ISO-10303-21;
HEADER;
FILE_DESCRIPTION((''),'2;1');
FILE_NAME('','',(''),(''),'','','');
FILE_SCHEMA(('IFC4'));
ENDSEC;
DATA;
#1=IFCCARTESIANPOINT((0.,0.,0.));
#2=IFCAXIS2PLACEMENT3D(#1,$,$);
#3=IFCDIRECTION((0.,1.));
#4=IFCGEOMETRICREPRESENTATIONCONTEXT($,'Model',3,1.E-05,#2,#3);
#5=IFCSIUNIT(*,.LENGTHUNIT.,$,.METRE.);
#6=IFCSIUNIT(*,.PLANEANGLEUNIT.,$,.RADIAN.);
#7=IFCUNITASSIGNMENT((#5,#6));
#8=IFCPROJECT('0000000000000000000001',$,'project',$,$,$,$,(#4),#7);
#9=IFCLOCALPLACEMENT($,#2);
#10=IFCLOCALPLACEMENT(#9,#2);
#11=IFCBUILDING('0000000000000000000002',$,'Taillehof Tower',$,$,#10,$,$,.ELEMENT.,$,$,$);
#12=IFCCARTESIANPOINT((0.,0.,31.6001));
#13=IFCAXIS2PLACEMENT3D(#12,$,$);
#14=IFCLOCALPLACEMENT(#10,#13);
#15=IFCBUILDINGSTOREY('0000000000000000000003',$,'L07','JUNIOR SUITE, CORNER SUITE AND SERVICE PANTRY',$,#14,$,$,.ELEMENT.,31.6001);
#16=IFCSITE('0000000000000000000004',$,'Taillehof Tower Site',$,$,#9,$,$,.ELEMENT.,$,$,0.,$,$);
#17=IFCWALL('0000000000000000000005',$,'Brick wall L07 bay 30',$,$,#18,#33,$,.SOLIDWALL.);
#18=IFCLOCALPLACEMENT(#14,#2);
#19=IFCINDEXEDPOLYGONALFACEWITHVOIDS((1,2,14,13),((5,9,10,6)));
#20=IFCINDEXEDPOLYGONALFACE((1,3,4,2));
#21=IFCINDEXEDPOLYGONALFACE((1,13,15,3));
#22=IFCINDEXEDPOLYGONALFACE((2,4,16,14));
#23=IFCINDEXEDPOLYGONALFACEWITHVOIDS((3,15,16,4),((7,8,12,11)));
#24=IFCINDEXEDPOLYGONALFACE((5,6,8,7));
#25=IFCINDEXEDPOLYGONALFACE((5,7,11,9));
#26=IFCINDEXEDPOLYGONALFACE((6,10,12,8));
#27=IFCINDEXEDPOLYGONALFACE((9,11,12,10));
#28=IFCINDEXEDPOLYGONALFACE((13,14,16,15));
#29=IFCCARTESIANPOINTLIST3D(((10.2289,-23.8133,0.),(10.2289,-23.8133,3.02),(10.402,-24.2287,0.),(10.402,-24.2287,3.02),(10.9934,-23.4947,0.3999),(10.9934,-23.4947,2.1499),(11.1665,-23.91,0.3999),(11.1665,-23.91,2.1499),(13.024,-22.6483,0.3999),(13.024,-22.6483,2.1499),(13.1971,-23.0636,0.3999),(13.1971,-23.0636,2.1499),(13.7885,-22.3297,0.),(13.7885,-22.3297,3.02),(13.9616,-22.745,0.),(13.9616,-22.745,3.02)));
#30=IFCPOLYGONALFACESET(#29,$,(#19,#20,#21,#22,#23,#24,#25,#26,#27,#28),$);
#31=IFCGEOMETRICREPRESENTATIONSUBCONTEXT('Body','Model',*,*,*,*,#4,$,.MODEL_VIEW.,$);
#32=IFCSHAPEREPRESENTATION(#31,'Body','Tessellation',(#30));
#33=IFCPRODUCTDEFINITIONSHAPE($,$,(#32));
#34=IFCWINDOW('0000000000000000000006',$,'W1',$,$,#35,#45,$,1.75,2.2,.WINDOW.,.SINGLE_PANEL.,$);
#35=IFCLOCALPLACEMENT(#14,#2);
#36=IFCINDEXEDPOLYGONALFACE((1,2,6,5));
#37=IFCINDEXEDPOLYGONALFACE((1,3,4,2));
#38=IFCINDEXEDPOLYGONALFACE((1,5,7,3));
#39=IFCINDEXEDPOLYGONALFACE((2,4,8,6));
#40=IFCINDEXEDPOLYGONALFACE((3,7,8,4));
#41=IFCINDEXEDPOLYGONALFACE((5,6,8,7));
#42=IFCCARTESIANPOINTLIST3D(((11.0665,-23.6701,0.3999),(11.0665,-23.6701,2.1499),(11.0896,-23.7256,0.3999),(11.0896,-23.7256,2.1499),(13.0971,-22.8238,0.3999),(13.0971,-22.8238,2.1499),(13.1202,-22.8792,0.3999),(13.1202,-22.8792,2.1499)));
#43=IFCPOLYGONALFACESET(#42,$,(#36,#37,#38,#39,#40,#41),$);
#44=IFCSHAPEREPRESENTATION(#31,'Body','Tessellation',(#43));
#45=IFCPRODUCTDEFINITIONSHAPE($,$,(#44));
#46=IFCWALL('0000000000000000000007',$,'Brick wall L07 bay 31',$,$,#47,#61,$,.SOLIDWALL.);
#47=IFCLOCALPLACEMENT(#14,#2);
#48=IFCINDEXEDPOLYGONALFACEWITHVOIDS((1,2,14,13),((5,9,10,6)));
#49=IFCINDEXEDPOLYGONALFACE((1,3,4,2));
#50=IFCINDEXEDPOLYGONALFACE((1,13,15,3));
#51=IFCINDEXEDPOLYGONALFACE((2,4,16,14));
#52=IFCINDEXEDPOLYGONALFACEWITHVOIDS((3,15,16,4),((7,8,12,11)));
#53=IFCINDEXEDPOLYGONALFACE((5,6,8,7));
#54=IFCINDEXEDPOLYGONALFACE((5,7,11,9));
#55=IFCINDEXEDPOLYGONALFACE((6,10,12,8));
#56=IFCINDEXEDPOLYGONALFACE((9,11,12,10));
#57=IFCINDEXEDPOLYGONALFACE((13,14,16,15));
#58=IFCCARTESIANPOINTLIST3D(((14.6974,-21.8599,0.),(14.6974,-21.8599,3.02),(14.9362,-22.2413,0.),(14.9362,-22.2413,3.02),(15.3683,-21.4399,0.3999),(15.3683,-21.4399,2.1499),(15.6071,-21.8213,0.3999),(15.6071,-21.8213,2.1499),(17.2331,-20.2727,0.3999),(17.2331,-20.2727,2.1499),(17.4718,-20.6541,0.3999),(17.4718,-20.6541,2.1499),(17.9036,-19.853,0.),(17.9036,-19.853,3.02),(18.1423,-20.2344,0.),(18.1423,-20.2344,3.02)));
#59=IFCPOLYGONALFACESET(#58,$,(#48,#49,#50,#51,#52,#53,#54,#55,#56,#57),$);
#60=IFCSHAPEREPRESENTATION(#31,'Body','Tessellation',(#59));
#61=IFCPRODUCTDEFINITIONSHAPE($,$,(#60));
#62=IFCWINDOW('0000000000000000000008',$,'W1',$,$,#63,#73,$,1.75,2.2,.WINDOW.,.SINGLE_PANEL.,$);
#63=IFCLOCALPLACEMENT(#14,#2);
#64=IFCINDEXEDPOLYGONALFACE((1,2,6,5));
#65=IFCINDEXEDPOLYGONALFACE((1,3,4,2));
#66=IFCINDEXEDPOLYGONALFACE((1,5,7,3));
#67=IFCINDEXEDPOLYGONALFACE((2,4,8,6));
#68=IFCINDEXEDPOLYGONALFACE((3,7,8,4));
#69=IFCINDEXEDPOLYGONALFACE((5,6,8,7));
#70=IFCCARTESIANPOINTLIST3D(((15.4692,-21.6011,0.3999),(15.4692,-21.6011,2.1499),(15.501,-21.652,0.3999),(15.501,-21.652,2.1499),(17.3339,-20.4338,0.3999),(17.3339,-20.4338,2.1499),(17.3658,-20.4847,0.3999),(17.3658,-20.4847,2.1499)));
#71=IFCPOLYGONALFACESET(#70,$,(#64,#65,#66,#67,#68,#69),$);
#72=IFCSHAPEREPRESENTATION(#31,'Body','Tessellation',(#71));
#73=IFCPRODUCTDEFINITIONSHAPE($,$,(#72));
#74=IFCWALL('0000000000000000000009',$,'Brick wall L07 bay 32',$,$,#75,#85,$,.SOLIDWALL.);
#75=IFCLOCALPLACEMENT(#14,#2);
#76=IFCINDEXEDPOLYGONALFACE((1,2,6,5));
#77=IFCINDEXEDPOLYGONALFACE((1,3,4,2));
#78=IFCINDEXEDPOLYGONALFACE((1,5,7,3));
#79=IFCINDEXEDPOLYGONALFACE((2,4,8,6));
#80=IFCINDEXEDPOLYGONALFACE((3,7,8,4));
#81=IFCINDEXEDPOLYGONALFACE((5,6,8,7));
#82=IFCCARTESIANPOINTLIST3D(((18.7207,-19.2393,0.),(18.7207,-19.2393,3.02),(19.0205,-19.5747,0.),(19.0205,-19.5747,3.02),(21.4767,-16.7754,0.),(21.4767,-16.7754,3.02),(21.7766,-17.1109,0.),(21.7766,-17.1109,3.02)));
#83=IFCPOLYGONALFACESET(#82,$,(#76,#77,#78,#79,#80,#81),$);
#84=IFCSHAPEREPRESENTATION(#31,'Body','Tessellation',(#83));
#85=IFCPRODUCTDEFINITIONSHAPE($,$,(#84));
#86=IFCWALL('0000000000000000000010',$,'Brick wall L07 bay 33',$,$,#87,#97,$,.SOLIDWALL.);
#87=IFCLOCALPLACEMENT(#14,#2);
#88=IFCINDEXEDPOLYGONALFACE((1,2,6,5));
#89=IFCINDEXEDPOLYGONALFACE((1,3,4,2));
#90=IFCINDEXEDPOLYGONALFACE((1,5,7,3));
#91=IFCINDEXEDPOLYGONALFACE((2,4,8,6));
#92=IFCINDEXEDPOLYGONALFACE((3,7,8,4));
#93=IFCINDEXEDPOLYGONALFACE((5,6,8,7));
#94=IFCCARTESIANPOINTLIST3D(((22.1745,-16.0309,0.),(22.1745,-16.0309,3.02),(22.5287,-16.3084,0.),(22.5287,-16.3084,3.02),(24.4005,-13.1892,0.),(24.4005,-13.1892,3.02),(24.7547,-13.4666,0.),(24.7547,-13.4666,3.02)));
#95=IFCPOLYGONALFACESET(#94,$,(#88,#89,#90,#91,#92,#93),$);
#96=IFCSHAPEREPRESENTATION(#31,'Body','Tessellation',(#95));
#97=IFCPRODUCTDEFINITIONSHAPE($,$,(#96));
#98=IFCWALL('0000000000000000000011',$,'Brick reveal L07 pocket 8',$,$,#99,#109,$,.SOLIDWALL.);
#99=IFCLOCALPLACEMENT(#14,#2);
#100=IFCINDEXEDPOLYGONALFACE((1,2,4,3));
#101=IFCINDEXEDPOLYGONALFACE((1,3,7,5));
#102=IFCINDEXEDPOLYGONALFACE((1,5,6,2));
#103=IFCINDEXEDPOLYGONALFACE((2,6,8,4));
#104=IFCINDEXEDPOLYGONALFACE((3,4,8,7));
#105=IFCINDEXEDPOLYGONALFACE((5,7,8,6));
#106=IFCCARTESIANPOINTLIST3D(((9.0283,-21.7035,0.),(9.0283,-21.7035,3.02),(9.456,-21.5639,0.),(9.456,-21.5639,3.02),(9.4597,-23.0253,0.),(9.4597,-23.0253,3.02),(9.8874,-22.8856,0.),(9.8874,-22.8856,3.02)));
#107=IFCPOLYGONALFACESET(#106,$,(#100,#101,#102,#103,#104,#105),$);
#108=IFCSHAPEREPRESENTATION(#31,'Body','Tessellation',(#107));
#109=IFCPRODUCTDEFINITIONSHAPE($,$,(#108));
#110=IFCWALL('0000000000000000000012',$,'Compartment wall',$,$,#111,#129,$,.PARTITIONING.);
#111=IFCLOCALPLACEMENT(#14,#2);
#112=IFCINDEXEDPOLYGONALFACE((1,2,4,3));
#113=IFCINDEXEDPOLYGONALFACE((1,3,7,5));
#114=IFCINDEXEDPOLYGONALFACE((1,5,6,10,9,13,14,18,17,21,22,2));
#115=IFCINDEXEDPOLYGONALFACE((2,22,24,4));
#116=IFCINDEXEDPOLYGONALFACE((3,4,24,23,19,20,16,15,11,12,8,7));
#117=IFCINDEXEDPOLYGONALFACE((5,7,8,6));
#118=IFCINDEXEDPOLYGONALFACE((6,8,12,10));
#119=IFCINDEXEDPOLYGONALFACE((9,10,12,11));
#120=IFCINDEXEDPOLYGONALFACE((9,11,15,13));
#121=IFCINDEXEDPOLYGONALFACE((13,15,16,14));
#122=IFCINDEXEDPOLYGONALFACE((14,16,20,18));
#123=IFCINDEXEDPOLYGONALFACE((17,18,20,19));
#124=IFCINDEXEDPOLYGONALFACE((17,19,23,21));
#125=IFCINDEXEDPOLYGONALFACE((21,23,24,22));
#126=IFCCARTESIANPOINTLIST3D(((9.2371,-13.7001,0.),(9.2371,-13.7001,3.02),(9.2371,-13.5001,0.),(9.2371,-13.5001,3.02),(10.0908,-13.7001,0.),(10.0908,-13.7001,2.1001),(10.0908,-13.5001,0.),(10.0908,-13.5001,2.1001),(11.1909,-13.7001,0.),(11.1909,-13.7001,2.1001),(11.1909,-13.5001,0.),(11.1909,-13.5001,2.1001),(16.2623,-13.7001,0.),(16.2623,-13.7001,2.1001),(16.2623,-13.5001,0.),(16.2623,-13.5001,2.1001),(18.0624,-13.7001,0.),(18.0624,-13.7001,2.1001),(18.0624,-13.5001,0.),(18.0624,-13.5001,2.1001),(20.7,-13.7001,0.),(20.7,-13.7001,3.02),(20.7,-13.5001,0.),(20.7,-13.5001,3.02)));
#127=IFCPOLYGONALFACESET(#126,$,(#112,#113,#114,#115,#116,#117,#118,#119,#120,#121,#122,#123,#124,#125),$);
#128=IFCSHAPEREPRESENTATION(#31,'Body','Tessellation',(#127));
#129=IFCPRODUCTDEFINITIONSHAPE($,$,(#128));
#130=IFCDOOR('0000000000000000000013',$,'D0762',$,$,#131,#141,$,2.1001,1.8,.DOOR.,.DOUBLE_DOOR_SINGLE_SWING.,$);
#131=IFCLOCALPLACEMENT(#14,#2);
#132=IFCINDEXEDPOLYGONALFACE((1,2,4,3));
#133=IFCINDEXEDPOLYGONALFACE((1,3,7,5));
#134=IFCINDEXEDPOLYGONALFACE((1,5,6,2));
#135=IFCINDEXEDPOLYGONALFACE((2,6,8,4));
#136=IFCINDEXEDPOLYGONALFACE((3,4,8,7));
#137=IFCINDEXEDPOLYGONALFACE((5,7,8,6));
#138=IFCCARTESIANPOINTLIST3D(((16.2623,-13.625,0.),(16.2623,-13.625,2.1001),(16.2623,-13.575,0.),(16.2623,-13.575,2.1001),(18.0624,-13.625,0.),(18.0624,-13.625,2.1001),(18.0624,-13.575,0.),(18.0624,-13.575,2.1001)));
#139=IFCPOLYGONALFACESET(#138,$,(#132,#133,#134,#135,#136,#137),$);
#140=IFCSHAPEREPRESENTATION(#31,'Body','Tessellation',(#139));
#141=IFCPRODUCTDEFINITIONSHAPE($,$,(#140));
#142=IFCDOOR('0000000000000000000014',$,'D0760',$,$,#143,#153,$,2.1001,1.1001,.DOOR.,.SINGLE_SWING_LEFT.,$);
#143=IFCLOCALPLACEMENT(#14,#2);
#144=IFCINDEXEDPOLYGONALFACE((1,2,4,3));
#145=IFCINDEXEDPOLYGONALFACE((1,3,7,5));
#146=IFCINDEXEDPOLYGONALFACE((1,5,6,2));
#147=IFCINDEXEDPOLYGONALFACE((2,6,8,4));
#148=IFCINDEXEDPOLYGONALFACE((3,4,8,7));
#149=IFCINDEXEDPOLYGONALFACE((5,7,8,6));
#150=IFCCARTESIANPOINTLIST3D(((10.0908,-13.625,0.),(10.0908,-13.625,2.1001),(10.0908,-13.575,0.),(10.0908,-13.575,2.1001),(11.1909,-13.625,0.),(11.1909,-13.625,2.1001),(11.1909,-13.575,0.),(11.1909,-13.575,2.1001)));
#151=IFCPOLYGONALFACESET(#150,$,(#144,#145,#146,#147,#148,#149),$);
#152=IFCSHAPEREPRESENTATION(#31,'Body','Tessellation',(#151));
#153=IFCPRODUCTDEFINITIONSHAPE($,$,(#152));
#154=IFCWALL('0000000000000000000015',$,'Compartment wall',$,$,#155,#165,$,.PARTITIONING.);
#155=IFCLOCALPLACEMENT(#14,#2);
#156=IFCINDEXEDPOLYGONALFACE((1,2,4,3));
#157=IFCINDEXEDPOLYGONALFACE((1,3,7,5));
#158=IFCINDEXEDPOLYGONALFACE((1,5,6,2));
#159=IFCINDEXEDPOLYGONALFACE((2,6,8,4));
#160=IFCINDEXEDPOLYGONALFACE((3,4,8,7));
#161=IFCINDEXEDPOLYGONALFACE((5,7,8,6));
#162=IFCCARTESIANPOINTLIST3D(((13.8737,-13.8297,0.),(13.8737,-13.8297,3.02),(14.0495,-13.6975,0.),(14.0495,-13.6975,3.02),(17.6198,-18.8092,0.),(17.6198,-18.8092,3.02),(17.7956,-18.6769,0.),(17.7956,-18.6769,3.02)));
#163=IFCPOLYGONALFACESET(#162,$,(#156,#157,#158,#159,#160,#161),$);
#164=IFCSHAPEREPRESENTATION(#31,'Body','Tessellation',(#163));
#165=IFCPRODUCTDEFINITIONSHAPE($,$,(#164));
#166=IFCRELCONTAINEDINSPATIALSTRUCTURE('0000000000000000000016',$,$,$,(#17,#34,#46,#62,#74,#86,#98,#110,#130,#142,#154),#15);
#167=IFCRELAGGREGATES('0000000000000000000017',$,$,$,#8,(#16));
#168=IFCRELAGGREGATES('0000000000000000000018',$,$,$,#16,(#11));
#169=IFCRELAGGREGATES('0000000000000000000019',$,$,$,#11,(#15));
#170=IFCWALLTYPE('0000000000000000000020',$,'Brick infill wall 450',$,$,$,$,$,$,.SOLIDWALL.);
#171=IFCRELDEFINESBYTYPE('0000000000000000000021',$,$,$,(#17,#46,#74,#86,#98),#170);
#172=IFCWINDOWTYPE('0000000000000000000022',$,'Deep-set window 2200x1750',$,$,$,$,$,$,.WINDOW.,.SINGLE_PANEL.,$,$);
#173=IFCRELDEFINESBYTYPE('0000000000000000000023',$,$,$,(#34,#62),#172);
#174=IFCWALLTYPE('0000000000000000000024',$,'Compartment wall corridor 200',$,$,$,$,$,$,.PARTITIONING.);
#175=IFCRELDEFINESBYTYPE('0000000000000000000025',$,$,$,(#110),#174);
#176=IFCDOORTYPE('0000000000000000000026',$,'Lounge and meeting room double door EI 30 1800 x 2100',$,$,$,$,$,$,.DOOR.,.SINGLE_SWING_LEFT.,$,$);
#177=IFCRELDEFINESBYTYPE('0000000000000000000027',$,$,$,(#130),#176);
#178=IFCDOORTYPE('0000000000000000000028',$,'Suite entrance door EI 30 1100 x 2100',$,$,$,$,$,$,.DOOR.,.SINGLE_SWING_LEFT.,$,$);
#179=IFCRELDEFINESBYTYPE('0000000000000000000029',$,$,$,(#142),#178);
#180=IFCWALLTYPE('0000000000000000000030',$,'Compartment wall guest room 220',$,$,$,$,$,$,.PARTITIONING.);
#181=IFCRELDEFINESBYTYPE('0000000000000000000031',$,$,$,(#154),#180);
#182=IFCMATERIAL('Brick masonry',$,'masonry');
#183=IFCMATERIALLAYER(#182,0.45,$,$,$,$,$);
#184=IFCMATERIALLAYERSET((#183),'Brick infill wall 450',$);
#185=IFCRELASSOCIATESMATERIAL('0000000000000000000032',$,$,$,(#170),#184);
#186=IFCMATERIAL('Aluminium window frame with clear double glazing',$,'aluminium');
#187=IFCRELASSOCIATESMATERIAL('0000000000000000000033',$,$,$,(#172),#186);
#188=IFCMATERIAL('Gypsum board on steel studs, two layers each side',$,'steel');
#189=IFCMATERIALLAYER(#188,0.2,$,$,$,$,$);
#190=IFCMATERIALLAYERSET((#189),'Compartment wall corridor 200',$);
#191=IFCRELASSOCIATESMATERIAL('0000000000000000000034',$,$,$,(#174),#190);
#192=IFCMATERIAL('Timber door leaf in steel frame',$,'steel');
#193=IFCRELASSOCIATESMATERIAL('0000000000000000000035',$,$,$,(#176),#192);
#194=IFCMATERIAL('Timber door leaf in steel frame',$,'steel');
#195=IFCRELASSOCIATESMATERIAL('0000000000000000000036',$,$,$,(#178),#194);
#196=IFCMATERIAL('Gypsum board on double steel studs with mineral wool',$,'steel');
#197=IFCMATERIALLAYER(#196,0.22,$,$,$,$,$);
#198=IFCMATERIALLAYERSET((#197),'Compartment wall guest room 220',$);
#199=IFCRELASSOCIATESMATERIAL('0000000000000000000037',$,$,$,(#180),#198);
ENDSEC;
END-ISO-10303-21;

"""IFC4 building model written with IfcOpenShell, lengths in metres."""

from ifc_helpers import new_model, si_unit, direction, frame, frame_2d, origin, place, context, subcontext, project, spatial, rectangle, extrude, material, layer, layer_set, type_object, element, fill, save


model = new_model("IFC4")

# Units and contexts
model_context = context("Model", 3, precision=1e-05, world=origin(), true_north=direction((0.0, 1.0)))
body_context = subcontext(model_context, "Body", "Model", "MODEL_VIEW")
ifc_project = project(units=[si_unit("LENGTHUNIT", "METRE"), si_unit("PLANEANGLEUNIT", "RADIAN")], contexts=[model_context])

# Site, building, storey
site_placement = place(None, origin())
site = spatial("IfcSite", under=ifc_project, at=site_placement, Name="Taillehof Tower Site", CompositionType="ELEMENT", RefElevation=0.0)
building_placement = place(site_placement, origin())
building = spatial("IfcBuilding", under=site, at=building_placement, Name="Taillehof Tower", CompositionType="ELEMENT")
storey_placement = place(building_placement, frame((0.0, 0.0, 31.6001)))
storey = spatial("IfcBuildingStorey", under=building, at=storey_placement, Name="L07", Description="JUNIOR SUITE, CORNER SUITE AND SERVICE PANTRY", CompositionType="ELEMENT", Elevation=31.6001)

# Walls, openings, windows
ifc_material_1 = material(Name="Brick masonry", Category="masonry")
ifc_layer_1 = layer(ifc_material_1, 0.45)
ifc_layer_set_1 = layer_set([ifc_layer_1], Name="Brick infill wall 450")
wall_type_1 = type_object("IfcWallType", Name="Brick infill wall 450", PredefinedType="SOLIDWALL", material=ifc_layer_set_1)
wall_1_placement = place(storey_placement, frame((10.3154, -24.021, 0.0), z_axis=(0.0, 0.0, 1.0), x_axis=(0.923032, 0.384723, 0.0)))
wall_1 = element("IfcWall", 1, at=wall_1_placement, inside=storey, type_object=wall_type_1, Name="Brick wall L07 bay 30", PredefinedType="SOLIDWALL", context=body_context, shape_type="SweptSolid", body=[
    extrude(rectangle(XDim=3.8564, YDim=0.45, at=frame_2d((1.9282, 0.0))), origin(), (0.0, 0.0, 1.0), 3.02),
])
opening_1_placement = place(wall_1_placement, frame((0.8281, 0.0, 0.3999)))
opening_1 = element("IfcOpeningElement", 2, at=opening_1_placement, cuts=wall_1, PredefinedType="OPENING", context=body_context, shape_type="SweptSolid", body=[
    extrude(rectangle(XDim=2.2, YDim=1.75, at=frame_2d((1.1001, 0.875))), frame((0.0, 0.2349, 0.0), z_axis=(0.0, -1.0, 0.0), x_axis=(1.0, 0.0, 0.0)), (0.0, 0.0, 1.0), 0.47),
])
ifc_material_2 = material(Name="Aluminium window frame with clear double glazing", Category="aluminium")
window_type = type_object("IfcWindowType", Name="Deep-set window 2200x1750", PartitioningType="SINGLE_PANEL", PredefinedType="WINDOW", material=ifc_material_2)
window_1_placement = place(opening_1_placement, origin())
window_1 = element("IfcWindow", 3, at=window_1_placement, inside=storey, type_object=window_type, Name="W1", OverallHeight=1.75, OverallWidth=2.2, PartitioningType="SINGLE_PANEL", PredefinedType="WINDOW", context=body_context, shape_type="SweptSolid", body=[
    extrude(rectangle(XDim=2.2, YDim=1.75, at=frame_2d((1.1001, 0.875))), frame((0.0, 0.0349, 0.0), z_axis=(0.0, -1.0, 0.0), x_axis=(1.0, 0.0, 0.0)), (0.0, 0.0, 1.0), 0.0601),
])
fill(opening_1, window_1)
wall_2_placement = place(storey_placement, frame((14.8169, -22.0505, 0.0), z_axis=(0.0, 0.0, 1.0), x_axis=(0.847635, 0.530579, 0.0)))
wall_2 = element("IfcWall", 4, at=wall_2_placement, inside=storey, type_object=wall_type_1, Name="Brick wall L07 bay 31", PredefinedType="SOLIDWALL", context=body_context, shape_type="SweptSolid", body=[
    extrude(rectangle(XDim=3.7825, YDim=0.45, at=frame_2d((1.8911, 0.0))), origin(), (0.0, 0.0, 1.0), 3.02),
])
opening_2_placement = place(wall_2_placement, frame((0.7913, 0.0, 0.3999)))
opening_2 = element("IfcOpeningElement", 5, at=opening_2_placement, cuts=wall_2, PredefinedType="OPENING", context=body_context, shape_type="SweptSolid", body=[
    extrude(rectangle(XDim=2.2, YDim=1.75, at=frame_2d((1.1001, 0.875))), frame((0.0, 0.2349, 0.0), z_axis=(0.0, -1.0, 0.0), x_axis=(1.0, 0.0, 0.0)), (0.0, 0.0, 1.0), 0.47),
])
window_2_placement = place(opening_2_placement, origin())
window_2 = element("IfcWindow", 6, at=window_2_placement, inside=storey, type_object=window_type, Name="W1", OverallHeight=1.75, OverallWidth=2.2, PartitioningType="SINGLE_PANEL", PredefinedType="WINDOW", context=body_context, shape_type="SweptSolid", body=[
    extrude(rectangle(XDim=2.2, YDim=1.75, at=frame_2d((1.1001, 0.875))), frame((0.0, 0.0349, 0.0), z_axis=(0.0, -1.0, 0.0), x_axis=(1.0, 0.0, 0.0)), (0.0, 0.0, 1.0), 0.0601),
])
fill(opening_2, window_2)

# Walls
wall_3_placement = place(storey_placement, frame((18.8706, -19.407, 0.0), z_axis=(0.0, 0.0, 1.0), x_axis=(0.745526, 0.666476, 0.0)))
element("IfcWall", 7, at=wall_3_placement, inside=storey, type_object=wall_type_1, Name="Brick wall L07 bay 32", PredefinedType="SOLIDWALL", context=body_context, shape_type="SweptSolid", body=[
    extrude(rectangle(XDim=3.6968, YDim=0.45, at=frame_2d((1.8484, 0.0))), origin(), (0.0, 0.0, 1.0), 3.02),
])
wall_4_placement = place(storey_placement, frame((22.3516, -16.1697, 0.0), z_axis=(0.0, 0.0, 1.0), x_axis=(0.616662, 0.787228, 0.0)))
element("IfcWall", 8, at=wall_4_placement, inside=storey, type_object=wall_type_1, Name="Brick wall L07 bay 33", PredefinedType="SOLIDWALL", context=body_context, shape_type="SweptSolid", body=[
    extrude(rectangle(XDim=3.6099, YDim=0.45, at=frame_2d((1.8049, 0.0))), origin(), (0.0, 0.0, 1.0), 3.02),
])
wall_5_placement = place(storey_placement, frame((9.6736, -22.9556, 0.0), z_axis=(0.0, 0.0, 1.0), x_axis=(-0.310269, 0.950649, 0.0)))
element("IfcWall", 9, at=wall_5_placement, inside=storey, type_object=wall_type_1, Name="Brick reveal L07 pocket 8", PredefinedType="SOLIDWALL", context=body_context, shape_type="SweptSolid", body=[
    extrude(rectangle(XDim=1.3904, YDim=0.45, at=frame_2d((0.6953, 0.0))), origin(), (0.0, 0.0, 1.0), 3.02),
])

# Wall, openings, doors
ifc_material_3 = material(Name="Gypsum board on steel studs, two layers each side", Category="steel")
ifc_layer_2 = layer(ifc_material_3, 0.2)
ifc_layer_set_2 = layer_set([ifc_layer_2], Name="Compartment wall corridor 200")
wall_type_2 = type_object("IfcWallType", Name="Compartment wall corridor 200", PredefinedType="PARTITIONING", material=ifc_layer_set_2)
wall_6_placement = place(storey_placement, frame((20.7, -13.6001, 0.0), z_axis=(0.0, 0.0, 1.0), x_axis=(-1.0, 0.0, 0.0)))
wall_6 = element("IfcWall", 10, at=wall_6_placement, inside=storey, type_object=wall_type_2, Name="Compartment wall", PredefinedType="PARTITIONING", context=body_context, shape_type="SweptSolid", body=[
    extrude(rectangle(XDim=11.4629, YDim=0.2, at=frame_2d((5.7314, 0.0))), origin(), (0.0, 0.0, 1.0), 3.02),
])
opening_3_placement = place(wall_6_placement, frame((9.509, 0.0, 0.0)))
opening_3 = element("IfcOpeningElement", 11, at=opening_3_placement, cuts=wall_6, PredefinedType="OPENING", context=body_context, shape_type="SweptSolid", body=[
    extrude(rectangle(XDim=1.1001, YDim=2.1001, at=frame_2d((0.55, 1.05))), frame((0.0, 0.1099, 0.0), z_axis=(0.0, -1.0, 0.0), x_axis=(1.0, 0.0, 0.0)), (0.0, 0.0, 1.0), 0.22),
])
opening_4_placement = place(wall_6_placement, frame((2.6377, 0.0, 0.0)))
opening_4 = element("IfcOpeningElement", 12, at=opening_4_placement, cuts=wall_6, PredefinedType="OPENING", context=body_context, shape_type="SweptSolid", body=[
    extrude(rectangle(XDim=1.8, YDim=2.1001, at=frame_2d((0.8999, 1.05))), frame((0.0, 0.1099, 0.0), z_axis=(0.0, -1.0, 0.0), x_axis=(1.0, 0.0, 0.0)), (0.0, 0.0, 1.0), 0.22),
])
ifc_material_4 = material(Name="Timber door leaf in steel frame", Category="steel")
door_type_1 = type_object("IfcDoorType", Name="Lounge and meeting room double door EI 30 1800 x 2100", OperationType="SINGLE_SWING_LEFT", PredefinedType="DOOR", material=ifc_material_4)
door_1_placement = place(opening_4_placement, origin())
door_1 = element("IfcDoor", 13, at=door_1_placement, inside=storey, type_object=door_type_1, Name="D0762", OperationType="DOUBLE_DOOR_SINGLE_SWING", OverallHeight=2.1001, OverallWidth=1.8, PredefinedType="DOOR", context=body_context, shape_type="SweptSolid", body=[
    extrude(rectangle(XDim=1.8, YDim=2.1001, at=frame_2d((0.8999, 1.05))), frame((0.0, 0.0249, 0.0), z_axis=(0.0, -1.0, 0.0), x_axis=(1.0, 0.0, 0.0)), (0.0, 0.0, 1.0), 0.05),
])
fill(opening_4, door_1)
ifc_material_5 = material(Name="Timber door leaf in steel frame", Category="steel")
door_type_2 = type_object("IfcDoorType", Name="Suite entrance door EI 30 1100 x 2100", OperationType="SINGLE_SWING_LEFT", PredefinedType="DOOR", material=ifc_material_5)
door_2_placement = place(opening_3_placement, origin())
door_2 = element("IfcDoor", 14, at=door_2_placement, inside=storey, type_object=door_type_2, Name="D0760", OperationType="SINGLE_SWING_LEFT", OverallHeight=2.1001, OverallWidth=1.1001, PredefinedType="DOOR", context=body_context, shape_type="SweptSolid", body=[
    extrude(rectangle(XDim=1.1001, YDim=2.1001, at=frame_2d((0.55, 1.05))), frame((0.0, 0.0249, 0.0), z_axis=(0.0, -1.0, 0.0), x_axis=(1.0, 0.0, 0.0)), (0.0, 0.0, 1.0), 0.05),
])
fill(opening_3, door_2)

# Wall
ifc_material_6 = material(Name="Gypsum board on double steel studs with mineral wool", Category="steel")
ifc_layer_3 = layer(ifc_material_6, 0.22)
ifc_layer_set_3 = layer_set([ifc_layer_3], Name="Compartment wall guest room 220")
wall_type_3 = type_object("IfcWallType", Name="Compartment wall guest room 220", PredefinedType="PARTITIONING", material=ifc_layer_set_3)
wall_7_placement = place(storey_placement, frame((17.7078, -18.7432, 0.0), z_axis=(0.0, 0.0, 1.0), x_axis=(-0.601178, 0.799115, 0.0)))
element("IfcWall", 15, at=wall_7_placement, inside=storey, type_object=wall_type_3, Name="Compartment wall", PredefinedType="PARTITIONING", context=body_context, shape_type="SweptSolid", body=[
    extrude(rectangle(XDim=6.2312, YDim=0.22, at=frame_2d((3.1157, 0.0))), origin(), (0.0, 0.0, 1.0), 3.02),
])

save(model, "model.ifc")
